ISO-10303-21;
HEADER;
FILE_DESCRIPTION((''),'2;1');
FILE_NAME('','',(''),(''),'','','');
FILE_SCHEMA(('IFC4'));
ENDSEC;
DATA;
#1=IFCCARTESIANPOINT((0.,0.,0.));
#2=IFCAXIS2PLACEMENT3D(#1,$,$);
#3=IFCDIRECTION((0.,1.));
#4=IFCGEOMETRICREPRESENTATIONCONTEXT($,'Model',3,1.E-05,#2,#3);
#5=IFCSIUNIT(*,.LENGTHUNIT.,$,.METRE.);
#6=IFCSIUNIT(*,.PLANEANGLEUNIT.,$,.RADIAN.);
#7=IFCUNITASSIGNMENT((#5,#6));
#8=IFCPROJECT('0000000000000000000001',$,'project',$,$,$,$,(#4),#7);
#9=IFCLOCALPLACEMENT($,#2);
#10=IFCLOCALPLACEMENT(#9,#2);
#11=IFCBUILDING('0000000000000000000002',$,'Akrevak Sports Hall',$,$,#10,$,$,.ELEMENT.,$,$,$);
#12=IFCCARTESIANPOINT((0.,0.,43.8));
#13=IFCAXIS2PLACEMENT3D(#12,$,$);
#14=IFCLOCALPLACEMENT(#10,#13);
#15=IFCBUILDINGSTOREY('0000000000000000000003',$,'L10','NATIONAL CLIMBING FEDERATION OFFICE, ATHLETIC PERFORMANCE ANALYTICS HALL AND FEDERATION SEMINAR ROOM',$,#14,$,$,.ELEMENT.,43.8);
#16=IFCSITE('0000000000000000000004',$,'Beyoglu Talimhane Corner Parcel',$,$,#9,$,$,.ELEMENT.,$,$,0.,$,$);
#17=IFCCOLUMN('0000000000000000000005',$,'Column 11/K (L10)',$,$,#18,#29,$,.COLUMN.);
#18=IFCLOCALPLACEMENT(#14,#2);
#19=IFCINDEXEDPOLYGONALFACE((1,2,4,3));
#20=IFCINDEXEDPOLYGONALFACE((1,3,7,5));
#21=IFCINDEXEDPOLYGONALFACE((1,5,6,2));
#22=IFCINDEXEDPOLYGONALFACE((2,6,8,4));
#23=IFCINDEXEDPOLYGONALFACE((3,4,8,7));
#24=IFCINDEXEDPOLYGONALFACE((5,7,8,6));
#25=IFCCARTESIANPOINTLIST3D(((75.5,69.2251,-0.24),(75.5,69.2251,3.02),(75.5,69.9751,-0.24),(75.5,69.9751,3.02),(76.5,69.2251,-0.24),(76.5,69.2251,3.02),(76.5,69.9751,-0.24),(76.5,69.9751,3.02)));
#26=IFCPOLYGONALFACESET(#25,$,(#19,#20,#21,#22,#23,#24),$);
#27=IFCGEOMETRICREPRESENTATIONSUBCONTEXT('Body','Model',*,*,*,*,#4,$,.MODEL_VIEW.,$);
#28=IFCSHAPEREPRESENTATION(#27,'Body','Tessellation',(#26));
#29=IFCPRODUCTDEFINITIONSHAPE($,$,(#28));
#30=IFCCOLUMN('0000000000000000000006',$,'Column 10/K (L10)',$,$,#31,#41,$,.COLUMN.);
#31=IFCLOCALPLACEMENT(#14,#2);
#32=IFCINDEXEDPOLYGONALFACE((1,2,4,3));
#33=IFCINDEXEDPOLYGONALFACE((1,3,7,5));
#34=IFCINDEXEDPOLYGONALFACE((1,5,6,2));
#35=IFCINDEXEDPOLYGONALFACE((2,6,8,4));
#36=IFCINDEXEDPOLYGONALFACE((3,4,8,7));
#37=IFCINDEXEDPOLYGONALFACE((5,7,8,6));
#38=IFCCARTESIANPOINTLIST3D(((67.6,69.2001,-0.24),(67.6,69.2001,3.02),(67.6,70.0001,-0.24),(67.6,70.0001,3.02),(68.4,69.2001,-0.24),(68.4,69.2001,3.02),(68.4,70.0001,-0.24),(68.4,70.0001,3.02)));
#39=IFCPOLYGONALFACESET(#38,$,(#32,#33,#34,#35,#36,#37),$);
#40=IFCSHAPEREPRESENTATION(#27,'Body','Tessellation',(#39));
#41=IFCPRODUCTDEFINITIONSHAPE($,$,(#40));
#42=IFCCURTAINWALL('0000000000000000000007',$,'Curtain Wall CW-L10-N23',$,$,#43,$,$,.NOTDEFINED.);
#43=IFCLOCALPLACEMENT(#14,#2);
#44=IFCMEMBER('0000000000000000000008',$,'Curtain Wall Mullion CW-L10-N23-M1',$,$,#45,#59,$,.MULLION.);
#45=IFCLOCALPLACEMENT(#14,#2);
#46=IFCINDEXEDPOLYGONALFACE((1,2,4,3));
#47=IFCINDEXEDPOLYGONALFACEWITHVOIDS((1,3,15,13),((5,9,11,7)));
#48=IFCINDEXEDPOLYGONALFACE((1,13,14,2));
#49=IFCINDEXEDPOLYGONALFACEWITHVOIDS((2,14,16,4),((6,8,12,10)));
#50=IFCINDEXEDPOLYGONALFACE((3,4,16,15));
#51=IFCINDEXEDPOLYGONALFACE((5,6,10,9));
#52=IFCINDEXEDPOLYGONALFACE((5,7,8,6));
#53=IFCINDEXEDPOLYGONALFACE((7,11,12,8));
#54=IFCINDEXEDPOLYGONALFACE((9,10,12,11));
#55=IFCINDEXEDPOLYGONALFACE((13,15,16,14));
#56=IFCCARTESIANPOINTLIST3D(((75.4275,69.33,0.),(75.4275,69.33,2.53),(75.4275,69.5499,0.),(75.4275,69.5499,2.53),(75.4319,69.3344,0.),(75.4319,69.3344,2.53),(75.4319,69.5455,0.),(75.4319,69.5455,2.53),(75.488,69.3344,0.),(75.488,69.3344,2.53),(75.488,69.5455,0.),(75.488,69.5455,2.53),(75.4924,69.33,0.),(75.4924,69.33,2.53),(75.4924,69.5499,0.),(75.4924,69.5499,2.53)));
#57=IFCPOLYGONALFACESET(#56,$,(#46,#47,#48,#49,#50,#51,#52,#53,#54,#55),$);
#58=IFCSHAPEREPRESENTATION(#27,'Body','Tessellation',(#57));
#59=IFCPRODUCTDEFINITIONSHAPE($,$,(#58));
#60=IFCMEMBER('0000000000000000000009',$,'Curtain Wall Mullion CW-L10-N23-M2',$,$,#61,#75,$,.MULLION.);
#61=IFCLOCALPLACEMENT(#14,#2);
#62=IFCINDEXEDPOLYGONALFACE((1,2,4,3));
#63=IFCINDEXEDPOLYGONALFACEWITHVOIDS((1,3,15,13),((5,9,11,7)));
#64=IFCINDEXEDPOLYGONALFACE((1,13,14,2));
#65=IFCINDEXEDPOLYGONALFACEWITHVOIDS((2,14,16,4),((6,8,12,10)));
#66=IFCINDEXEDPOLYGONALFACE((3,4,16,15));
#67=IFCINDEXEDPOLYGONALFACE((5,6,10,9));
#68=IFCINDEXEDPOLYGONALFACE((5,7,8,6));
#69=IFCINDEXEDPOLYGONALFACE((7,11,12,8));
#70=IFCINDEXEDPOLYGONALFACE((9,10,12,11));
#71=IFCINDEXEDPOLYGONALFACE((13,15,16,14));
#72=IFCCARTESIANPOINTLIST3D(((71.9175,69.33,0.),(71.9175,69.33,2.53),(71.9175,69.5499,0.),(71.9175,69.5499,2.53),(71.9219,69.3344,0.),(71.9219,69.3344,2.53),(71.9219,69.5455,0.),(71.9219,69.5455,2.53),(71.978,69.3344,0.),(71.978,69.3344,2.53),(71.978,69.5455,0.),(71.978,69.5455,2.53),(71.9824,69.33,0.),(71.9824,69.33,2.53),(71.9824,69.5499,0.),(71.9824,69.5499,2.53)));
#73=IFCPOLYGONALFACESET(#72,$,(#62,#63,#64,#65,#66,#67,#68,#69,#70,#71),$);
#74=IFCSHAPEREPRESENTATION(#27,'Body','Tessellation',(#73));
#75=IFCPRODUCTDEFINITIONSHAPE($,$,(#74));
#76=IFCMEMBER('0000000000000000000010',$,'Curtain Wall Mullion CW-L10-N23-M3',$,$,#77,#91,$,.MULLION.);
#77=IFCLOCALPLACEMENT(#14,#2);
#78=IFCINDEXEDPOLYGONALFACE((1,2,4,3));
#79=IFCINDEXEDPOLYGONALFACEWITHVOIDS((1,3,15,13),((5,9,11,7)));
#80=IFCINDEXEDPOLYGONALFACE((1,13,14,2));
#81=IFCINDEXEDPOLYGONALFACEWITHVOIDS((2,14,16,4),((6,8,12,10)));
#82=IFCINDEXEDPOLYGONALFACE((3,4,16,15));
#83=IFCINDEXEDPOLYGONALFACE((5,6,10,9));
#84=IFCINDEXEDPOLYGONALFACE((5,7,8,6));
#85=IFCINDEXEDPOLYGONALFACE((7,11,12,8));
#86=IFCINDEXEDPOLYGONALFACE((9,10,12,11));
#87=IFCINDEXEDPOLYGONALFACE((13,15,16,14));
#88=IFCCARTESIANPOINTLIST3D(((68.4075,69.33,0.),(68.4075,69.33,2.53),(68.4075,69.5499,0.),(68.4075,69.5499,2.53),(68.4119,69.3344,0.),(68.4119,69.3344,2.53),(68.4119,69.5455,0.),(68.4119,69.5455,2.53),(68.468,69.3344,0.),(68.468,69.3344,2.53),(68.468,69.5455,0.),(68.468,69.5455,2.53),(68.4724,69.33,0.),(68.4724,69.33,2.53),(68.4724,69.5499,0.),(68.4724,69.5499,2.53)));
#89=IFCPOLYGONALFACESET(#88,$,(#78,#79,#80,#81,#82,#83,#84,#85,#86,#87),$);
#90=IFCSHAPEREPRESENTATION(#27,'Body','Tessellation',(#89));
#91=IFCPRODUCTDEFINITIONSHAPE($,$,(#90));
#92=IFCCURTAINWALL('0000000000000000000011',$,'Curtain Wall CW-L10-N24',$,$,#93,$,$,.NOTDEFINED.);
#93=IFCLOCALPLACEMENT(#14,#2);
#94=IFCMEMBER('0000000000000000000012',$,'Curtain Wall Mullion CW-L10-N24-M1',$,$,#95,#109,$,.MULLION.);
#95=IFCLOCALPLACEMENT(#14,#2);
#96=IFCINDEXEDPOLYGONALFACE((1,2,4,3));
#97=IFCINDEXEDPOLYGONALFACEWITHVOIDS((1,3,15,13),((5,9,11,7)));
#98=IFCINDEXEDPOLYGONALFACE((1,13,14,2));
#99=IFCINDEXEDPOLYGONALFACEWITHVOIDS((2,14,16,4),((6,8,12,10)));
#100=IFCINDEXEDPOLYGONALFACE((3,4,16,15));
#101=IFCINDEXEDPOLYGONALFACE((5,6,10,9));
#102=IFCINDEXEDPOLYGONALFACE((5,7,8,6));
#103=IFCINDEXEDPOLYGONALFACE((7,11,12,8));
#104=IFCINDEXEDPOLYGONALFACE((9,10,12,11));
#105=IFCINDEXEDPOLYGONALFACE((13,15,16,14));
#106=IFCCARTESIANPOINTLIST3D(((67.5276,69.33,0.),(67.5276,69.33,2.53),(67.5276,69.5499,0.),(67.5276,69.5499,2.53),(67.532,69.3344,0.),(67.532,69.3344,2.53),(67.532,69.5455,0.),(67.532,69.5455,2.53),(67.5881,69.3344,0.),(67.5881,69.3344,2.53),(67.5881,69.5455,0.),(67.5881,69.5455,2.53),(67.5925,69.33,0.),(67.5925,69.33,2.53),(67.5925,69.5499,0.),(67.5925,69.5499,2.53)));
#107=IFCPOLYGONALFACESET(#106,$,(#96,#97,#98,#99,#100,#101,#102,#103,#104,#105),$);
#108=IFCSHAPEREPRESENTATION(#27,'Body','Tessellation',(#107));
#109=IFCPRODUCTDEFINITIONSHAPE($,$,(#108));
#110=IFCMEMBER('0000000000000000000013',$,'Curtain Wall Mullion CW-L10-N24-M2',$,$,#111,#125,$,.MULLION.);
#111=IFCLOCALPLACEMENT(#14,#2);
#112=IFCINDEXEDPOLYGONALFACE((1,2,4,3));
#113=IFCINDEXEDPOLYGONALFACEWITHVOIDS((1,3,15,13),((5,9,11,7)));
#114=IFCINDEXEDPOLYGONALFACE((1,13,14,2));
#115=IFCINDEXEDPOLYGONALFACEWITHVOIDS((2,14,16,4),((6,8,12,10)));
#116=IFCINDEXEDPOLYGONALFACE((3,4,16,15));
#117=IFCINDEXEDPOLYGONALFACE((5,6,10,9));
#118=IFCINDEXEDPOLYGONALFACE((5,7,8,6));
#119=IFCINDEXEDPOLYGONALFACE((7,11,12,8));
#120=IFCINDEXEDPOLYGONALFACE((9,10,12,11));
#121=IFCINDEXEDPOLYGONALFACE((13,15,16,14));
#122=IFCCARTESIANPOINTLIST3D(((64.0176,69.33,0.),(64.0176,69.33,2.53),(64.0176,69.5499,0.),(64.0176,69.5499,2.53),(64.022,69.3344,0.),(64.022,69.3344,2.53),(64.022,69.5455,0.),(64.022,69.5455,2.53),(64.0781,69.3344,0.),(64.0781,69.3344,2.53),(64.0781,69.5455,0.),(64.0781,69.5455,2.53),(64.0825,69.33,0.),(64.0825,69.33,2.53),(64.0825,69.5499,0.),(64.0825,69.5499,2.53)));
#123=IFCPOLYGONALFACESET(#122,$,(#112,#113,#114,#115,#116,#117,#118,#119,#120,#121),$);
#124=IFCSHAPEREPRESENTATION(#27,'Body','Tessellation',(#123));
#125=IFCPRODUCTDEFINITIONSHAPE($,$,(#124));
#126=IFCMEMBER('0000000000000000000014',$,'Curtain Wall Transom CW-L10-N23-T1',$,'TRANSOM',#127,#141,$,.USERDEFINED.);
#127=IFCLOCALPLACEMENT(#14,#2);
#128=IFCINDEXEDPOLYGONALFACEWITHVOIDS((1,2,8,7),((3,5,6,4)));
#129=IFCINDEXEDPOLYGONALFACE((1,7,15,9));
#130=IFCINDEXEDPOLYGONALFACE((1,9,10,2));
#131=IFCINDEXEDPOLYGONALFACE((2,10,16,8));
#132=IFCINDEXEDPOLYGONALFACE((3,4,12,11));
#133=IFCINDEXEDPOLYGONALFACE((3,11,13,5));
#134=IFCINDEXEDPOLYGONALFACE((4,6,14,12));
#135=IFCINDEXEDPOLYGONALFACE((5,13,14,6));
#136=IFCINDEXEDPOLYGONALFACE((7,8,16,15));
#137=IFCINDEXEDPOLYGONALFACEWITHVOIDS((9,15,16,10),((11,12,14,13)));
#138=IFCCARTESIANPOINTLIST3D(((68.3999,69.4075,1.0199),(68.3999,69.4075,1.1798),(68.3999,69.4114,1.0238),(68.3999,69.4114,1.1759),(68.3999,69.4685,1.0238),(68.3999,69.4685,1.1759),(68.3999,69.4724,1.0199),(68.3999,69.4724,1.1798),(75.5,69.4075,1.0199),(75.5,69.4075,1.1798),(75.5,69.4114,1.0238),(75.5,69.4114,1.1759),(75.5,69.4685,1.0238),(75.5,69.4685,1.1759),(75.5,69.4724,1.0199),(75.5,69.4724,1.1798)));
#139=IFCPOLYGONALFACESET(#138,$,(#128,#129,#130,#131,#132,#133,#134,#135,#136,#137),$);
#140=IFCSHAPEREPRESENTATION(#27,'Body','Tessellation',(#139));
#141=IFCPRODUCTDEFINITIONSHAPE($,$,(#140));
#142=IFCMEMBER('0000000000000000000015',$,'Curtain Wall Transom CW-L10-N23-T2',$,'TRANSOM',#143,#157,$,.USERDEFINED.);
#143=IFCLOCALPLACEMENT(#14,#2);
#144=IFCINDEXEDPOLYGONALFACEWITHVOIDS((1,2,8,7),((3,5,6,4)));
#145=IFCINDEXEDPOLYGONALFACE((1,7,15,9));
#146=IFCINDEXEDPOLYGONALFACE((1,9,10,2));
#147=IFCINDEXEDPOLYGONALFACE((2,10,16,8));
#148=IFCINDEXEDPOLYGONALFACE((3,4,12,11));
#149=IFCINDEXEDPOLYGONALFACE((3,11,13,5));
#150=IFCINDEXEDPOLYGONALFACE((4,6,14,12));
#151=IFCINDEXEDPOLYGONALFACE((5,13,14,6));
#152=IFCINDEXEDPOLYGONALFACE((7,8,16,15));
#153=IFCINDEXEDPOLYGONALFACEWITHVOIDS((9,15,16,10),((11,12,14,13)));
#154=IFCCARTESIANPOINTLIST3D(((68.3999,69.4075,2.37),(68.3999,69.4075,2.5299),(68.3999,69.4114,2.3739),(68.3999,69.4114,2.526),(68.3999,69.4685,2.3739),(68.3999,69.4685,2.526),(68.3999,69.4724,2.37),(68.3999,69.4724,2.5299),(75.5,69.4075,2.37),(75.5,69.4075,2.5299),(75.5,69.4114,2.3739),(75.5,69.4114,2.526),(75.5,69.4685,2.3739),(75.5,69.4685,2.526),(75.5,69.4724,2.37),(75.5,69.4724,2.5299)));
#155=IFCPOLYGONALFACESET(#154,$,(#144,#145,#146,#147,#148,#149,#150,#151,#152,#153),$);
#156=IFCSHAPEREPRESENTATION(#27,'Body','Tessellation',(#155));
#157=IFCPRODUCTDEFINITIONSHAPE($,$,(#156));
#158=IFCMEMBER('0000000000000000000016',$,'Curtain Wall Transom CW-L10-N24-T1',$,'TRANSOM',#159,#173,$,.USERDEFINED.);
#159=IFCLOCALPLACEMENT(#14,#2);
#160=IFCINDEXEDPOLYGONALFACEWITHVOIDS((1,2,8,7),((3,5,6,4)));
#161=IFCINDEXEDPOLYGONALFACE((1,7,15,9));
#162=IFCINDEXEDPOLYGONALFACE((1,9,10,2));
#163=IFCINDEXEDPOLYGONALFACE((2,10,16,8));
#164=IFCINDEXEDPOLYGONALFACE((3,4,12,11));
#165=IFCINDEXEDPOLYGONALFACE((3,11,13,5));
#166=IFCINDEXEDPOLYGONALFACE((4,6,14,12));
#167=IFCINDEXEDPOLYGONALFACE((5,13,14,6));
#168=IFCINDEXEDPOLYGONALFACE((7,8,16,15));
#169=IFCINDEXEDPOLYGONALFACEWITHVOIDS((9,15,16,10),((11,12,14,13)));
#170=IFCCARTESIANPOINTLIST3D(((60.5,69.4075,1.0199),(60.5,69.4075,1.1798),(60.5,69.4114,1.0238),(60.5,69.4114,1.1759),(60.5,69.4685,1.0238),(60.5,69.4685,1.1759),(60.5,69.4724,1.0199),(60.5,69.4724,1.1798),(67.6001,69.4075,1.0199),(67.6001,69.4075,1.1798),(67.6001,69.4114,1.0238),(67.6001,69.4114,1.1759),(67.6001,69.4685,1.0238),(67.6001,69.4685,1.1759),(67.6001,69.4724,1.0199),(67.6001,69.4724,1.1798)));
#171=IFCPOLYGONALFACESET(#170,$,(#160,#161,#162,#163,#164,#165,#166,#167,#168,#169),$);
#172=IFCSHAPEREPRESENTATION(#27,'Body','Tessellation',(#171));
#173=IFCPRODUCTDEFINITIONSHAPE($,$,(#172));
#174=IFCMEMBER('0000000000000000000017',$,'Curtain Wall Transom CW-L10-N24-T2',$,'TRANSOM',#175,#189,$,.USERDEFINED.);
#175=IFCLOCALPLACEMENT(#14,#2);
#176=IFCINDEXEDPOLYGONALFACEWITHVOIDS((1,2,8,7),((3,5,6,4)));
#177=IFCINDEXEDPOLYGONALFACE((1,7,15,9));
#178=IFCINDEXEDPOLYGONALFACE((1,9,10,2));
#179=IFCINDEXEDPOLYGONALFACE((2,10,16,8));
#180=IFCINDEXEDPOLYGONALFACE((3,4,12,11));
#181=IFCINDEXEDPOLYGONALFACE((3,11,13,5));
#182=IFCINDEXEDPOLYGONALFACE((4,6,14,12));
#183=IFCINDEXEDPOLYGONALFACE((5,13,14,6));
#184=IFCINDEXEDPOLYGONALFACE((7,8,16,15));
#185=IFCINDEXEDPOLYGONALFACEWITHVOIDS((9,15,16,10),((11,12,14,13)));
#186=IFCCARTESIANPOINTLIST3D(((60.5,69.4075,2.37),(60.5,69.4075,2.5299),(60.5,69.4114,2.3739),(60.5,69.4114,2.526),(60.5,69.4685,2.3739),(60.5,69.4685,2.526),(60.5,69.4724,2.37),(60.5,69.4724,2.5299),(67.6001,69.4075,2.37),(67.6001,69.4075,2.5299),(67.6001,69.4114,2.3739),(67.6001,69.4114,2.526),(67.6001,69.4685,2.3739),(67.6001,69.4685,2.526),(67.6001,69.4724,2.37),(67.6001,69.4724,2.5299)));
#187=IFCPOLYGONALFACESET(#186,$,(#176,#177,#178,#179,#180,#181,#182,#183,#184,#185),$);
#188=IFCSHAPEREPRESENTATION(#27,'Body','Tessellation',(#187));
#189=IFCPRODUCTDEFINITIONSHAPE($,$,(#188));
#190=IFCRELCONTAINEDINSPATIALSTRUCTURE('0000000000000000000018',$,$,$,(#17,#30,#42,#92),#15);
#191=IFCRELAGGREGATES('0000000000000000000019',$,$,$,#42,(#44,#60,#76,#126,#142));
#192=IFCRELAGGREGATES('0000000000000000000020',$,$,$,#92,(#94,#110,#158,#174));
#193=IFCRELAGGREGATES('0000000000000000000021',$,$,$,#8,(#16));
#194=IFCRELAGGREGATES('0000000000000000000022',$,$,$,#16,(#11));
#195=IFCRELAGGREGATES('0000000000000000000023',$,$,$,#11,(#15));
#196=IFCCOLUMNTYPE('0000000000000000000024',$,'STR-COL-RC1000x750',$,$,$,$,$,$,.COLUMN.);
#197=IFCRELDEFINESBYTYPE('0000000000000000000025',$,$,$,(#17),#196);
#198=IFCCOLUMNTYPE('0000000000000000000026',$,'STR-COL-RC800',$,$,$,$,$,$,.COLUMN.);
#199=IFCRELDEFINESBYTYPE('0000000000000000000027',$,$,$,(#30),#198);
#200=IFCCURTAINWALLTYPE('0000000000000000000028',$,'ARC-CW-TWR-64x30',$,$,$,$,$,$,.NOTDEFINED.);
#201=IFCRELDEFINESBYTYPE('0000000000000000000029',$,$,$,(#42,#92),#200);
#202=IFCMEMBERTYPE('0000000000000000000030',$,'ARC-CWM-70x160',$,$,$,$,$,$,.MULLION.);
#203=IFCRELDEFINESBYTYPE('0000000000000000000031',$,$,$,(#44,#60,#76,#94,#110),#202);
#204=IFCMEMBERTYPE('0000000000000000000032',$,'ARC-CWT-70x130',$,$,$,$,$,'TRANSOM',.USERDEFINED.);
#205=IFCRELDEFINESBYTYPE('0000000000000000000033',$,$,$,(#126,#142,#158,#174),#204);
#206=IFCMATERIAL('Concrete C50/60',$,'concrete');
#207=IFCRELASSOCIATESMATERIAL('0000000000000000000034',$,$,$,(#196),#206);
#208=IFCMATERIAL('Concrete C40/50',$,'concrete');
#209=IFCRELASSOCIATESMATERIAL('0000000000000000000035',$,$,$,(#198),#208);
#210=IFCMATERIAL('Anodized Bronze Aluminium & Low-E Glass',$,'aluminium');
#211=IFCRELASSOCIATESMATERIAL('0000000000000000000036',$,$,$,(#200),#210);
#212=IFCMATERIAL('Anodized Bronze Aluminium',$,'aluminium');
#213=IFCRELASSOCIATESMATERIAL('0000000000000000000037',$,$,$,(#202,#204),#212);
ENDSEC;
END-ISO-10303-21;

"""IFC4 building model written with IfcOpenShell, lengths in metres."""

from ifc_helpers import new_model, si_unit, direction, frame, origin, origin_2d, place, context, subcontext, project, spatial, rectangle, hollow_rectangle, extrude, material, material_profile, profile_set, type_object, element, aggregate, save


model = new_model("IFC4")

# Units and contexts
model_context = context("Model", 3, precision=1e-05, world=origin(), true_north=direction((0.0, 1.0)))
body_context = subcontext(model_context, "Body", "Model", "MODEL_VIEW")
ifc_project = project(units=[si_unit("LENGTHUNIT", "METRE"), si_unit("PLANEANGLEUNIT", "RADIAN")], contexts=[model_context])

# Site, building, storey
site_placement = place(None, origin())
site = spatial("IfcSite", under=ifc_project, at=site_placement, Name="Beyoglu Talimhane Corner Parcel", CompositionType="ELEMENT", RefElevation=0.0)
building_placement = place(site_placement, origin())
building = spatial("IfcBuilding", under=site, at=building_placement, Name="Akrevak Sports Hall", CompositionType="ELEMENT")
storey_placement = place(building_placement, frame((0.0, 0.0, 43.8)))
storey = spatial("IfcBuildingStorey", under=building, at=storey_placement, Name="L10", Description="NATIONAL CLIMBING FEDERATION OFFICE, ATHLETIC PERFORMANCE ANALYTICS HALL AND FEDERATION SEMINAR ROOM", CompositionType="ELEMENT", Elevation=43.8)

# Columns
ifc_material_1 = material(Name="Concrete C50/60", Category="concrete")
ifc_material_profile_1 = material_profile(ifc_material_1, rectangle(XDim=1.0, YDim=0.75, at=origin_2d()), Name="RC 1000x750", Category="concrete")
ifc_profile_set_1 = profile_set([ifc_material_profile_1], Name="Concrete C50/60")
column_type_1 = type_object("IfcColumnType", Name="STR-COL-RC1000x750", PredefinedType="COLUMN", material=ifc_profile_set_1)
column_1_placement = place(storey_placement, frame((76.0, 69.6001, -0.24), z_axis=(0.0, 0.0, 1.0), x_axis=(1.0, 0.0, 0.0)))
element("IfcColumn", 1, at=column_1_placement, inside=storey, type_object=column_type_1, Name="Column 11/K (L10)", PredefinedType="COLUMN", context=body_context, shape_type="SweptSolid", body=[
    extrude(rectangle(XDim=1.0, YDim=0.75, at=origin_2d()), origin(), (0.0, 0.0, 1.0), 3.26),
])
ifc_material_2 = material(Name="Concrete C40/50", Category="concrete")
ifc_material_profile_2 = material_profile(ifc_material_2, rectangle(XDim=0.8, YDim=0.8, at=origin_2d()), Name="RC 800x800", Category="concrete")
ifc_profile_set_2 = profile_set([ifc_material_profile_2], Name="Concrete C40/50")
column_type_2 = type_object("IfcColumnType", Name="STR-COL-RC800", PredefinedType="COLUMN", material=ifc_profile_set_2)
column_2_placement = place(storey_placement, frame((68.0, 69.6001, -0.24), z_axis=(0.0, 0.0, 1.0), x_axis=(1.0, 0.0, 0.0)))
element("IfcColumn", 2, at=column_2_placement, inside=storey, type_object=column_type_2, Name="Column 10/K (L10)", PredefinedType="COLUMN", context=body_context, shape_type="SweptSolid", body=[
    extrude(rectangle(XDim=0.8, YDim=0.8, at=origin_2d()), origin(), (0.0, 0.0, 1.0), 3.26),
])

# Curtain walls, members
ifc_material_3 = material(Name="Anodized Bronze Aluminium & Low-E Glass", Category="aluminium")
curtain_wall_type = type_object("IfcCurtainWallType", Name="ARC-CW-TWR-64x30", PredefinedType="NOTDEFINED", material=ifc_material_3)
curtain_wall_1_placement = place(storey_placement, origin())
curtain_wall_1 = element("IfcCurtainWall", 3, at=curtain_wall_1_placement, inside=storey, type_object=curtain_wall_type, Name="Curtain Wall CW-L10-N23", PredefinedType="NOTDEFINED")
ifc_material_4 = material(Name="Anodized Bronze Aluminium", Category="aluminium")
ifc_material_profile_3 = material_profile(ifc_material_4, hollow_rectangle(XDim=0.0649, YDim=0.22, WallThickness=0.0044, at=origin_2d()), Name="CWM 65x220", Category="aluminium")
ifc_profile_set_3 = profile_set([ifc_material_profile_3], Name="Anodized Bronze Aluminium")
member_type_1 = type_object("IfcMemberType", Name="ARC-CWM-70x160", PredefinedType="MULLION", material=ifc_profile_set_3)
member_1_placement = place(storey_placement, frame((75.46, 69.4399, 0.0), z_axis=(0.0, 0.0, 1.0), x_axis=(-1.0, 0.0, 0.0)))
member_1 = element("IfcMember", 4, at=member_1_placement, type_object=member_type_1, Name="Curtain Wall Mullion CW-L10-N23-M1", PredefinedType="MULLION", context=body_context, shape_type="SweptSolid", body=[
    extrude(hollow_rectangle(XDim=0.0649, YDim=0.22, WallThickness=0.0044, at=origin_2d()), origin(), (0.0, 0.0, 1.0), 2.53),
])
member_2_placement = place(storey_placement, frame((71.95, 69.4399, 0.0), z_axis=(0.0, 0.0, 1.0), x_axis=(-1.0, 0.0, 0.0)))
member_2 = element("IfcMember", 5, at=member_2_placement, type_object=member_type_1, Name="Curtain Wall Mullion CW-L10-N23-M2", PredefinedType="MULLION", context=body_context, shape_type="SweptSolid", body=[
    extrude(hollow_rectangle(XDim=0.0649, YDim=0.22, WallThickness=0.0044, at=origin_2d()), origin(), (0.0, 0.0, 1.0), 2.53),
])
member_3_placement = place(storey_placement, frame((68.4399, 69.4399, 0.0), z_axis=(0.0, 0.0, 1.0), x_axis=(-1.0, 0.0, 0.0)))
member_3 = element("IfcMember", 6, at=member_3_placement, type_object=member_type_1, Name="Curtain Wall Mullion CW-L10-N23-M3", PredefinedType="MULLION", context=body_context, shape_type="SweptSolid", body=[
    extrude(hollow_rectangle(XDim=0.0649, YDim=0.22, WallThickness=0.0044, at=origin_2d()), origin(), (0.0, 0.0, 1.0), 2.53),
])
curtain_wall_2_placement = place(storey_placement, origin())
curtain_wall_2 = element("IfcCurtainWall", 7, at=curtain_wall_2_placement, inside=storey, type_object=curtain_wall_type, Name="Curtain Wall CW-L10-N24", PredefinedType="NOTDEFINED")
member_4_placement = place(storey_placement, frame((67.5601, 69.4399, 0.0), z_axis=(0.0, 0.0, 1.0), x_axis=(-1.0, 0.0, 0.0)))
member_4 = element("IfcMember", 8, at=member_4_placement, type_object=member_type_1, Name="Curtain Wall Mullion CW-L10-N24-M1", PredefinedType="MULLION", context=body_context, shape_type="SweptSolid", body=[
    extrude(hollow_rectangle(XDim=0.0649, YDim=0.22, WallThickness=0.0044, at=origin_2d()), origin(), (0.0, 0.0, 1.0), 2.53),
])
member_5_placement = place(storey_placement, frame((64.05, 69.4399, 0.0), z_axis=(0.0, 0.0, 1.0), x_axis=(-1.0, 0.0, 0.0)))
member_5 = element("IfcMember", 9, at=member_5_placement, type_object=member_type_1, Name="Curtain Wall Mullion CW-L10-N24-M2", PredefinedType="MULLION", context=body_context, shape_type="SweptSolid", body=[
    extrude(hollow_rectangle(XDim=0.0649, YDim=0.22, WallThickness=0.0044, at=origin_2d()), origin(), (0.0, 0.0, 1.0), 2.53),
])

# Members
ifc_material_profile_4 = material_profile(ifc_material_4, hollow_rectangle(XDim=0.0649, YDim=0.1599, WallThickness=0.0039, at=origin_2d()), Name="CWT 65x160", Category="aluminium")
ifc_profile_set_4 = profile_set([ifc_material_profile_4], Name="Anodized Bronze Aluminium")
member_type_2 = type_object("IfcMemberType", Name="ARC-CWT-70x130", ElementType="TRANSOM", PredefinedType="USERDEFINED", material=ifc_profile_set_4)
member_6_placement = place(storey_placement, frame((75.5, 69.4399, 1.0999), z_axis=(-1.0, 0.0, 0.0), x_axis=(0.0, -1.0, 0.0)))
member_6 = element("IfcMember", 10, at=member_6_placement, type_object=member_type_2, Name="Curtain Wall Transom CW-L10-N23-T1", ObjectType="TRANSOM", PredefinedType="USERDEFINED", context=body_context, shape_type="SweptSolid", body=[
    extrude(hollow_rectangle(XDim=0.0649, YDim=0.1599, WallThickness=0.0039, at=origin_2d()), origin(), (0.0, 0.0, 1.0), 7.1001),
])
member_7_placement = place(storey_placement, frame((75.5, 69.4399, 2.45), z_axis=(-1.0, 0.0, 0.0), x_axis=(0.0, -1.0, 0.0)))
member_7 = element("IfcMember", 11, at=member_7_placement, type_object=member_type_2, Name="Curtain Wall Transom CW-L10-N23-T2", ObjectType="TRANSOM", PredefinedType="USERDEFINED", context=body_context, shape_type="SweptSolid", body=[
    extrude(hollow_rectangle(XDim=0.0649, YDim=0.1599, WallThickness=0.0039, at=origin_2d()), origin(), (0.0, 0.0, 1.0), 7.1001),
])
member_8_placement = place(storey_placement, frame((67.6001, 69.4399, 1.0999), z_axis=(-1.0, 0.0, 0.0), x_axis=(0.0, -1.0, 0.0)))
member_8 = element("IfcMember", 12, at=member_8_placement, type_object=member_type_2, Name="Curtain Wall Transom CW-L10-N24-T1", ObjectType="TRANSOM", PredefinedType="USERDEFINED", context=body_context, shape_type="SweptSolid", body=[
    extrude(hollow_rectangle(XDim=0.0649, YDim=0.1599, WallThickness=0.0039, at=origin_2d()), origin(), (0.0, 0.0, 1.0), 7.1001),
])
member_9_placement = place(storey_placement, frame((67.6001, 69.4399, 2.45), z_axis=(-1.0, 0.0, 0.0), x_axis=(0.0, -1.0, 0.0)))
member_9 = element("IfcMember", 13, at=member_9_placement, type_object=member_type_2, Name="Curtain Wall Transom CW-L10-N24-T2", ObjectType="TRANSOM", PredefinedType="USERDEFINED", context=body_context, shape_type="SweptSolid", body=[
    extrude(hollow_rectangle(XDim=0.0649, YDim=0.1599, WallThickness=0.0039, at=origin_2d()), origin(), (0.0, 0.0, 1.0), 7.1001),
])

aggregate(curtain_wall_1, [member_1, member_2, member_3, member_6, member_7])
aggregate(curtain_wall_2, [member_4, member_5, member_8, member_9])

save(model, "model.ifc")
